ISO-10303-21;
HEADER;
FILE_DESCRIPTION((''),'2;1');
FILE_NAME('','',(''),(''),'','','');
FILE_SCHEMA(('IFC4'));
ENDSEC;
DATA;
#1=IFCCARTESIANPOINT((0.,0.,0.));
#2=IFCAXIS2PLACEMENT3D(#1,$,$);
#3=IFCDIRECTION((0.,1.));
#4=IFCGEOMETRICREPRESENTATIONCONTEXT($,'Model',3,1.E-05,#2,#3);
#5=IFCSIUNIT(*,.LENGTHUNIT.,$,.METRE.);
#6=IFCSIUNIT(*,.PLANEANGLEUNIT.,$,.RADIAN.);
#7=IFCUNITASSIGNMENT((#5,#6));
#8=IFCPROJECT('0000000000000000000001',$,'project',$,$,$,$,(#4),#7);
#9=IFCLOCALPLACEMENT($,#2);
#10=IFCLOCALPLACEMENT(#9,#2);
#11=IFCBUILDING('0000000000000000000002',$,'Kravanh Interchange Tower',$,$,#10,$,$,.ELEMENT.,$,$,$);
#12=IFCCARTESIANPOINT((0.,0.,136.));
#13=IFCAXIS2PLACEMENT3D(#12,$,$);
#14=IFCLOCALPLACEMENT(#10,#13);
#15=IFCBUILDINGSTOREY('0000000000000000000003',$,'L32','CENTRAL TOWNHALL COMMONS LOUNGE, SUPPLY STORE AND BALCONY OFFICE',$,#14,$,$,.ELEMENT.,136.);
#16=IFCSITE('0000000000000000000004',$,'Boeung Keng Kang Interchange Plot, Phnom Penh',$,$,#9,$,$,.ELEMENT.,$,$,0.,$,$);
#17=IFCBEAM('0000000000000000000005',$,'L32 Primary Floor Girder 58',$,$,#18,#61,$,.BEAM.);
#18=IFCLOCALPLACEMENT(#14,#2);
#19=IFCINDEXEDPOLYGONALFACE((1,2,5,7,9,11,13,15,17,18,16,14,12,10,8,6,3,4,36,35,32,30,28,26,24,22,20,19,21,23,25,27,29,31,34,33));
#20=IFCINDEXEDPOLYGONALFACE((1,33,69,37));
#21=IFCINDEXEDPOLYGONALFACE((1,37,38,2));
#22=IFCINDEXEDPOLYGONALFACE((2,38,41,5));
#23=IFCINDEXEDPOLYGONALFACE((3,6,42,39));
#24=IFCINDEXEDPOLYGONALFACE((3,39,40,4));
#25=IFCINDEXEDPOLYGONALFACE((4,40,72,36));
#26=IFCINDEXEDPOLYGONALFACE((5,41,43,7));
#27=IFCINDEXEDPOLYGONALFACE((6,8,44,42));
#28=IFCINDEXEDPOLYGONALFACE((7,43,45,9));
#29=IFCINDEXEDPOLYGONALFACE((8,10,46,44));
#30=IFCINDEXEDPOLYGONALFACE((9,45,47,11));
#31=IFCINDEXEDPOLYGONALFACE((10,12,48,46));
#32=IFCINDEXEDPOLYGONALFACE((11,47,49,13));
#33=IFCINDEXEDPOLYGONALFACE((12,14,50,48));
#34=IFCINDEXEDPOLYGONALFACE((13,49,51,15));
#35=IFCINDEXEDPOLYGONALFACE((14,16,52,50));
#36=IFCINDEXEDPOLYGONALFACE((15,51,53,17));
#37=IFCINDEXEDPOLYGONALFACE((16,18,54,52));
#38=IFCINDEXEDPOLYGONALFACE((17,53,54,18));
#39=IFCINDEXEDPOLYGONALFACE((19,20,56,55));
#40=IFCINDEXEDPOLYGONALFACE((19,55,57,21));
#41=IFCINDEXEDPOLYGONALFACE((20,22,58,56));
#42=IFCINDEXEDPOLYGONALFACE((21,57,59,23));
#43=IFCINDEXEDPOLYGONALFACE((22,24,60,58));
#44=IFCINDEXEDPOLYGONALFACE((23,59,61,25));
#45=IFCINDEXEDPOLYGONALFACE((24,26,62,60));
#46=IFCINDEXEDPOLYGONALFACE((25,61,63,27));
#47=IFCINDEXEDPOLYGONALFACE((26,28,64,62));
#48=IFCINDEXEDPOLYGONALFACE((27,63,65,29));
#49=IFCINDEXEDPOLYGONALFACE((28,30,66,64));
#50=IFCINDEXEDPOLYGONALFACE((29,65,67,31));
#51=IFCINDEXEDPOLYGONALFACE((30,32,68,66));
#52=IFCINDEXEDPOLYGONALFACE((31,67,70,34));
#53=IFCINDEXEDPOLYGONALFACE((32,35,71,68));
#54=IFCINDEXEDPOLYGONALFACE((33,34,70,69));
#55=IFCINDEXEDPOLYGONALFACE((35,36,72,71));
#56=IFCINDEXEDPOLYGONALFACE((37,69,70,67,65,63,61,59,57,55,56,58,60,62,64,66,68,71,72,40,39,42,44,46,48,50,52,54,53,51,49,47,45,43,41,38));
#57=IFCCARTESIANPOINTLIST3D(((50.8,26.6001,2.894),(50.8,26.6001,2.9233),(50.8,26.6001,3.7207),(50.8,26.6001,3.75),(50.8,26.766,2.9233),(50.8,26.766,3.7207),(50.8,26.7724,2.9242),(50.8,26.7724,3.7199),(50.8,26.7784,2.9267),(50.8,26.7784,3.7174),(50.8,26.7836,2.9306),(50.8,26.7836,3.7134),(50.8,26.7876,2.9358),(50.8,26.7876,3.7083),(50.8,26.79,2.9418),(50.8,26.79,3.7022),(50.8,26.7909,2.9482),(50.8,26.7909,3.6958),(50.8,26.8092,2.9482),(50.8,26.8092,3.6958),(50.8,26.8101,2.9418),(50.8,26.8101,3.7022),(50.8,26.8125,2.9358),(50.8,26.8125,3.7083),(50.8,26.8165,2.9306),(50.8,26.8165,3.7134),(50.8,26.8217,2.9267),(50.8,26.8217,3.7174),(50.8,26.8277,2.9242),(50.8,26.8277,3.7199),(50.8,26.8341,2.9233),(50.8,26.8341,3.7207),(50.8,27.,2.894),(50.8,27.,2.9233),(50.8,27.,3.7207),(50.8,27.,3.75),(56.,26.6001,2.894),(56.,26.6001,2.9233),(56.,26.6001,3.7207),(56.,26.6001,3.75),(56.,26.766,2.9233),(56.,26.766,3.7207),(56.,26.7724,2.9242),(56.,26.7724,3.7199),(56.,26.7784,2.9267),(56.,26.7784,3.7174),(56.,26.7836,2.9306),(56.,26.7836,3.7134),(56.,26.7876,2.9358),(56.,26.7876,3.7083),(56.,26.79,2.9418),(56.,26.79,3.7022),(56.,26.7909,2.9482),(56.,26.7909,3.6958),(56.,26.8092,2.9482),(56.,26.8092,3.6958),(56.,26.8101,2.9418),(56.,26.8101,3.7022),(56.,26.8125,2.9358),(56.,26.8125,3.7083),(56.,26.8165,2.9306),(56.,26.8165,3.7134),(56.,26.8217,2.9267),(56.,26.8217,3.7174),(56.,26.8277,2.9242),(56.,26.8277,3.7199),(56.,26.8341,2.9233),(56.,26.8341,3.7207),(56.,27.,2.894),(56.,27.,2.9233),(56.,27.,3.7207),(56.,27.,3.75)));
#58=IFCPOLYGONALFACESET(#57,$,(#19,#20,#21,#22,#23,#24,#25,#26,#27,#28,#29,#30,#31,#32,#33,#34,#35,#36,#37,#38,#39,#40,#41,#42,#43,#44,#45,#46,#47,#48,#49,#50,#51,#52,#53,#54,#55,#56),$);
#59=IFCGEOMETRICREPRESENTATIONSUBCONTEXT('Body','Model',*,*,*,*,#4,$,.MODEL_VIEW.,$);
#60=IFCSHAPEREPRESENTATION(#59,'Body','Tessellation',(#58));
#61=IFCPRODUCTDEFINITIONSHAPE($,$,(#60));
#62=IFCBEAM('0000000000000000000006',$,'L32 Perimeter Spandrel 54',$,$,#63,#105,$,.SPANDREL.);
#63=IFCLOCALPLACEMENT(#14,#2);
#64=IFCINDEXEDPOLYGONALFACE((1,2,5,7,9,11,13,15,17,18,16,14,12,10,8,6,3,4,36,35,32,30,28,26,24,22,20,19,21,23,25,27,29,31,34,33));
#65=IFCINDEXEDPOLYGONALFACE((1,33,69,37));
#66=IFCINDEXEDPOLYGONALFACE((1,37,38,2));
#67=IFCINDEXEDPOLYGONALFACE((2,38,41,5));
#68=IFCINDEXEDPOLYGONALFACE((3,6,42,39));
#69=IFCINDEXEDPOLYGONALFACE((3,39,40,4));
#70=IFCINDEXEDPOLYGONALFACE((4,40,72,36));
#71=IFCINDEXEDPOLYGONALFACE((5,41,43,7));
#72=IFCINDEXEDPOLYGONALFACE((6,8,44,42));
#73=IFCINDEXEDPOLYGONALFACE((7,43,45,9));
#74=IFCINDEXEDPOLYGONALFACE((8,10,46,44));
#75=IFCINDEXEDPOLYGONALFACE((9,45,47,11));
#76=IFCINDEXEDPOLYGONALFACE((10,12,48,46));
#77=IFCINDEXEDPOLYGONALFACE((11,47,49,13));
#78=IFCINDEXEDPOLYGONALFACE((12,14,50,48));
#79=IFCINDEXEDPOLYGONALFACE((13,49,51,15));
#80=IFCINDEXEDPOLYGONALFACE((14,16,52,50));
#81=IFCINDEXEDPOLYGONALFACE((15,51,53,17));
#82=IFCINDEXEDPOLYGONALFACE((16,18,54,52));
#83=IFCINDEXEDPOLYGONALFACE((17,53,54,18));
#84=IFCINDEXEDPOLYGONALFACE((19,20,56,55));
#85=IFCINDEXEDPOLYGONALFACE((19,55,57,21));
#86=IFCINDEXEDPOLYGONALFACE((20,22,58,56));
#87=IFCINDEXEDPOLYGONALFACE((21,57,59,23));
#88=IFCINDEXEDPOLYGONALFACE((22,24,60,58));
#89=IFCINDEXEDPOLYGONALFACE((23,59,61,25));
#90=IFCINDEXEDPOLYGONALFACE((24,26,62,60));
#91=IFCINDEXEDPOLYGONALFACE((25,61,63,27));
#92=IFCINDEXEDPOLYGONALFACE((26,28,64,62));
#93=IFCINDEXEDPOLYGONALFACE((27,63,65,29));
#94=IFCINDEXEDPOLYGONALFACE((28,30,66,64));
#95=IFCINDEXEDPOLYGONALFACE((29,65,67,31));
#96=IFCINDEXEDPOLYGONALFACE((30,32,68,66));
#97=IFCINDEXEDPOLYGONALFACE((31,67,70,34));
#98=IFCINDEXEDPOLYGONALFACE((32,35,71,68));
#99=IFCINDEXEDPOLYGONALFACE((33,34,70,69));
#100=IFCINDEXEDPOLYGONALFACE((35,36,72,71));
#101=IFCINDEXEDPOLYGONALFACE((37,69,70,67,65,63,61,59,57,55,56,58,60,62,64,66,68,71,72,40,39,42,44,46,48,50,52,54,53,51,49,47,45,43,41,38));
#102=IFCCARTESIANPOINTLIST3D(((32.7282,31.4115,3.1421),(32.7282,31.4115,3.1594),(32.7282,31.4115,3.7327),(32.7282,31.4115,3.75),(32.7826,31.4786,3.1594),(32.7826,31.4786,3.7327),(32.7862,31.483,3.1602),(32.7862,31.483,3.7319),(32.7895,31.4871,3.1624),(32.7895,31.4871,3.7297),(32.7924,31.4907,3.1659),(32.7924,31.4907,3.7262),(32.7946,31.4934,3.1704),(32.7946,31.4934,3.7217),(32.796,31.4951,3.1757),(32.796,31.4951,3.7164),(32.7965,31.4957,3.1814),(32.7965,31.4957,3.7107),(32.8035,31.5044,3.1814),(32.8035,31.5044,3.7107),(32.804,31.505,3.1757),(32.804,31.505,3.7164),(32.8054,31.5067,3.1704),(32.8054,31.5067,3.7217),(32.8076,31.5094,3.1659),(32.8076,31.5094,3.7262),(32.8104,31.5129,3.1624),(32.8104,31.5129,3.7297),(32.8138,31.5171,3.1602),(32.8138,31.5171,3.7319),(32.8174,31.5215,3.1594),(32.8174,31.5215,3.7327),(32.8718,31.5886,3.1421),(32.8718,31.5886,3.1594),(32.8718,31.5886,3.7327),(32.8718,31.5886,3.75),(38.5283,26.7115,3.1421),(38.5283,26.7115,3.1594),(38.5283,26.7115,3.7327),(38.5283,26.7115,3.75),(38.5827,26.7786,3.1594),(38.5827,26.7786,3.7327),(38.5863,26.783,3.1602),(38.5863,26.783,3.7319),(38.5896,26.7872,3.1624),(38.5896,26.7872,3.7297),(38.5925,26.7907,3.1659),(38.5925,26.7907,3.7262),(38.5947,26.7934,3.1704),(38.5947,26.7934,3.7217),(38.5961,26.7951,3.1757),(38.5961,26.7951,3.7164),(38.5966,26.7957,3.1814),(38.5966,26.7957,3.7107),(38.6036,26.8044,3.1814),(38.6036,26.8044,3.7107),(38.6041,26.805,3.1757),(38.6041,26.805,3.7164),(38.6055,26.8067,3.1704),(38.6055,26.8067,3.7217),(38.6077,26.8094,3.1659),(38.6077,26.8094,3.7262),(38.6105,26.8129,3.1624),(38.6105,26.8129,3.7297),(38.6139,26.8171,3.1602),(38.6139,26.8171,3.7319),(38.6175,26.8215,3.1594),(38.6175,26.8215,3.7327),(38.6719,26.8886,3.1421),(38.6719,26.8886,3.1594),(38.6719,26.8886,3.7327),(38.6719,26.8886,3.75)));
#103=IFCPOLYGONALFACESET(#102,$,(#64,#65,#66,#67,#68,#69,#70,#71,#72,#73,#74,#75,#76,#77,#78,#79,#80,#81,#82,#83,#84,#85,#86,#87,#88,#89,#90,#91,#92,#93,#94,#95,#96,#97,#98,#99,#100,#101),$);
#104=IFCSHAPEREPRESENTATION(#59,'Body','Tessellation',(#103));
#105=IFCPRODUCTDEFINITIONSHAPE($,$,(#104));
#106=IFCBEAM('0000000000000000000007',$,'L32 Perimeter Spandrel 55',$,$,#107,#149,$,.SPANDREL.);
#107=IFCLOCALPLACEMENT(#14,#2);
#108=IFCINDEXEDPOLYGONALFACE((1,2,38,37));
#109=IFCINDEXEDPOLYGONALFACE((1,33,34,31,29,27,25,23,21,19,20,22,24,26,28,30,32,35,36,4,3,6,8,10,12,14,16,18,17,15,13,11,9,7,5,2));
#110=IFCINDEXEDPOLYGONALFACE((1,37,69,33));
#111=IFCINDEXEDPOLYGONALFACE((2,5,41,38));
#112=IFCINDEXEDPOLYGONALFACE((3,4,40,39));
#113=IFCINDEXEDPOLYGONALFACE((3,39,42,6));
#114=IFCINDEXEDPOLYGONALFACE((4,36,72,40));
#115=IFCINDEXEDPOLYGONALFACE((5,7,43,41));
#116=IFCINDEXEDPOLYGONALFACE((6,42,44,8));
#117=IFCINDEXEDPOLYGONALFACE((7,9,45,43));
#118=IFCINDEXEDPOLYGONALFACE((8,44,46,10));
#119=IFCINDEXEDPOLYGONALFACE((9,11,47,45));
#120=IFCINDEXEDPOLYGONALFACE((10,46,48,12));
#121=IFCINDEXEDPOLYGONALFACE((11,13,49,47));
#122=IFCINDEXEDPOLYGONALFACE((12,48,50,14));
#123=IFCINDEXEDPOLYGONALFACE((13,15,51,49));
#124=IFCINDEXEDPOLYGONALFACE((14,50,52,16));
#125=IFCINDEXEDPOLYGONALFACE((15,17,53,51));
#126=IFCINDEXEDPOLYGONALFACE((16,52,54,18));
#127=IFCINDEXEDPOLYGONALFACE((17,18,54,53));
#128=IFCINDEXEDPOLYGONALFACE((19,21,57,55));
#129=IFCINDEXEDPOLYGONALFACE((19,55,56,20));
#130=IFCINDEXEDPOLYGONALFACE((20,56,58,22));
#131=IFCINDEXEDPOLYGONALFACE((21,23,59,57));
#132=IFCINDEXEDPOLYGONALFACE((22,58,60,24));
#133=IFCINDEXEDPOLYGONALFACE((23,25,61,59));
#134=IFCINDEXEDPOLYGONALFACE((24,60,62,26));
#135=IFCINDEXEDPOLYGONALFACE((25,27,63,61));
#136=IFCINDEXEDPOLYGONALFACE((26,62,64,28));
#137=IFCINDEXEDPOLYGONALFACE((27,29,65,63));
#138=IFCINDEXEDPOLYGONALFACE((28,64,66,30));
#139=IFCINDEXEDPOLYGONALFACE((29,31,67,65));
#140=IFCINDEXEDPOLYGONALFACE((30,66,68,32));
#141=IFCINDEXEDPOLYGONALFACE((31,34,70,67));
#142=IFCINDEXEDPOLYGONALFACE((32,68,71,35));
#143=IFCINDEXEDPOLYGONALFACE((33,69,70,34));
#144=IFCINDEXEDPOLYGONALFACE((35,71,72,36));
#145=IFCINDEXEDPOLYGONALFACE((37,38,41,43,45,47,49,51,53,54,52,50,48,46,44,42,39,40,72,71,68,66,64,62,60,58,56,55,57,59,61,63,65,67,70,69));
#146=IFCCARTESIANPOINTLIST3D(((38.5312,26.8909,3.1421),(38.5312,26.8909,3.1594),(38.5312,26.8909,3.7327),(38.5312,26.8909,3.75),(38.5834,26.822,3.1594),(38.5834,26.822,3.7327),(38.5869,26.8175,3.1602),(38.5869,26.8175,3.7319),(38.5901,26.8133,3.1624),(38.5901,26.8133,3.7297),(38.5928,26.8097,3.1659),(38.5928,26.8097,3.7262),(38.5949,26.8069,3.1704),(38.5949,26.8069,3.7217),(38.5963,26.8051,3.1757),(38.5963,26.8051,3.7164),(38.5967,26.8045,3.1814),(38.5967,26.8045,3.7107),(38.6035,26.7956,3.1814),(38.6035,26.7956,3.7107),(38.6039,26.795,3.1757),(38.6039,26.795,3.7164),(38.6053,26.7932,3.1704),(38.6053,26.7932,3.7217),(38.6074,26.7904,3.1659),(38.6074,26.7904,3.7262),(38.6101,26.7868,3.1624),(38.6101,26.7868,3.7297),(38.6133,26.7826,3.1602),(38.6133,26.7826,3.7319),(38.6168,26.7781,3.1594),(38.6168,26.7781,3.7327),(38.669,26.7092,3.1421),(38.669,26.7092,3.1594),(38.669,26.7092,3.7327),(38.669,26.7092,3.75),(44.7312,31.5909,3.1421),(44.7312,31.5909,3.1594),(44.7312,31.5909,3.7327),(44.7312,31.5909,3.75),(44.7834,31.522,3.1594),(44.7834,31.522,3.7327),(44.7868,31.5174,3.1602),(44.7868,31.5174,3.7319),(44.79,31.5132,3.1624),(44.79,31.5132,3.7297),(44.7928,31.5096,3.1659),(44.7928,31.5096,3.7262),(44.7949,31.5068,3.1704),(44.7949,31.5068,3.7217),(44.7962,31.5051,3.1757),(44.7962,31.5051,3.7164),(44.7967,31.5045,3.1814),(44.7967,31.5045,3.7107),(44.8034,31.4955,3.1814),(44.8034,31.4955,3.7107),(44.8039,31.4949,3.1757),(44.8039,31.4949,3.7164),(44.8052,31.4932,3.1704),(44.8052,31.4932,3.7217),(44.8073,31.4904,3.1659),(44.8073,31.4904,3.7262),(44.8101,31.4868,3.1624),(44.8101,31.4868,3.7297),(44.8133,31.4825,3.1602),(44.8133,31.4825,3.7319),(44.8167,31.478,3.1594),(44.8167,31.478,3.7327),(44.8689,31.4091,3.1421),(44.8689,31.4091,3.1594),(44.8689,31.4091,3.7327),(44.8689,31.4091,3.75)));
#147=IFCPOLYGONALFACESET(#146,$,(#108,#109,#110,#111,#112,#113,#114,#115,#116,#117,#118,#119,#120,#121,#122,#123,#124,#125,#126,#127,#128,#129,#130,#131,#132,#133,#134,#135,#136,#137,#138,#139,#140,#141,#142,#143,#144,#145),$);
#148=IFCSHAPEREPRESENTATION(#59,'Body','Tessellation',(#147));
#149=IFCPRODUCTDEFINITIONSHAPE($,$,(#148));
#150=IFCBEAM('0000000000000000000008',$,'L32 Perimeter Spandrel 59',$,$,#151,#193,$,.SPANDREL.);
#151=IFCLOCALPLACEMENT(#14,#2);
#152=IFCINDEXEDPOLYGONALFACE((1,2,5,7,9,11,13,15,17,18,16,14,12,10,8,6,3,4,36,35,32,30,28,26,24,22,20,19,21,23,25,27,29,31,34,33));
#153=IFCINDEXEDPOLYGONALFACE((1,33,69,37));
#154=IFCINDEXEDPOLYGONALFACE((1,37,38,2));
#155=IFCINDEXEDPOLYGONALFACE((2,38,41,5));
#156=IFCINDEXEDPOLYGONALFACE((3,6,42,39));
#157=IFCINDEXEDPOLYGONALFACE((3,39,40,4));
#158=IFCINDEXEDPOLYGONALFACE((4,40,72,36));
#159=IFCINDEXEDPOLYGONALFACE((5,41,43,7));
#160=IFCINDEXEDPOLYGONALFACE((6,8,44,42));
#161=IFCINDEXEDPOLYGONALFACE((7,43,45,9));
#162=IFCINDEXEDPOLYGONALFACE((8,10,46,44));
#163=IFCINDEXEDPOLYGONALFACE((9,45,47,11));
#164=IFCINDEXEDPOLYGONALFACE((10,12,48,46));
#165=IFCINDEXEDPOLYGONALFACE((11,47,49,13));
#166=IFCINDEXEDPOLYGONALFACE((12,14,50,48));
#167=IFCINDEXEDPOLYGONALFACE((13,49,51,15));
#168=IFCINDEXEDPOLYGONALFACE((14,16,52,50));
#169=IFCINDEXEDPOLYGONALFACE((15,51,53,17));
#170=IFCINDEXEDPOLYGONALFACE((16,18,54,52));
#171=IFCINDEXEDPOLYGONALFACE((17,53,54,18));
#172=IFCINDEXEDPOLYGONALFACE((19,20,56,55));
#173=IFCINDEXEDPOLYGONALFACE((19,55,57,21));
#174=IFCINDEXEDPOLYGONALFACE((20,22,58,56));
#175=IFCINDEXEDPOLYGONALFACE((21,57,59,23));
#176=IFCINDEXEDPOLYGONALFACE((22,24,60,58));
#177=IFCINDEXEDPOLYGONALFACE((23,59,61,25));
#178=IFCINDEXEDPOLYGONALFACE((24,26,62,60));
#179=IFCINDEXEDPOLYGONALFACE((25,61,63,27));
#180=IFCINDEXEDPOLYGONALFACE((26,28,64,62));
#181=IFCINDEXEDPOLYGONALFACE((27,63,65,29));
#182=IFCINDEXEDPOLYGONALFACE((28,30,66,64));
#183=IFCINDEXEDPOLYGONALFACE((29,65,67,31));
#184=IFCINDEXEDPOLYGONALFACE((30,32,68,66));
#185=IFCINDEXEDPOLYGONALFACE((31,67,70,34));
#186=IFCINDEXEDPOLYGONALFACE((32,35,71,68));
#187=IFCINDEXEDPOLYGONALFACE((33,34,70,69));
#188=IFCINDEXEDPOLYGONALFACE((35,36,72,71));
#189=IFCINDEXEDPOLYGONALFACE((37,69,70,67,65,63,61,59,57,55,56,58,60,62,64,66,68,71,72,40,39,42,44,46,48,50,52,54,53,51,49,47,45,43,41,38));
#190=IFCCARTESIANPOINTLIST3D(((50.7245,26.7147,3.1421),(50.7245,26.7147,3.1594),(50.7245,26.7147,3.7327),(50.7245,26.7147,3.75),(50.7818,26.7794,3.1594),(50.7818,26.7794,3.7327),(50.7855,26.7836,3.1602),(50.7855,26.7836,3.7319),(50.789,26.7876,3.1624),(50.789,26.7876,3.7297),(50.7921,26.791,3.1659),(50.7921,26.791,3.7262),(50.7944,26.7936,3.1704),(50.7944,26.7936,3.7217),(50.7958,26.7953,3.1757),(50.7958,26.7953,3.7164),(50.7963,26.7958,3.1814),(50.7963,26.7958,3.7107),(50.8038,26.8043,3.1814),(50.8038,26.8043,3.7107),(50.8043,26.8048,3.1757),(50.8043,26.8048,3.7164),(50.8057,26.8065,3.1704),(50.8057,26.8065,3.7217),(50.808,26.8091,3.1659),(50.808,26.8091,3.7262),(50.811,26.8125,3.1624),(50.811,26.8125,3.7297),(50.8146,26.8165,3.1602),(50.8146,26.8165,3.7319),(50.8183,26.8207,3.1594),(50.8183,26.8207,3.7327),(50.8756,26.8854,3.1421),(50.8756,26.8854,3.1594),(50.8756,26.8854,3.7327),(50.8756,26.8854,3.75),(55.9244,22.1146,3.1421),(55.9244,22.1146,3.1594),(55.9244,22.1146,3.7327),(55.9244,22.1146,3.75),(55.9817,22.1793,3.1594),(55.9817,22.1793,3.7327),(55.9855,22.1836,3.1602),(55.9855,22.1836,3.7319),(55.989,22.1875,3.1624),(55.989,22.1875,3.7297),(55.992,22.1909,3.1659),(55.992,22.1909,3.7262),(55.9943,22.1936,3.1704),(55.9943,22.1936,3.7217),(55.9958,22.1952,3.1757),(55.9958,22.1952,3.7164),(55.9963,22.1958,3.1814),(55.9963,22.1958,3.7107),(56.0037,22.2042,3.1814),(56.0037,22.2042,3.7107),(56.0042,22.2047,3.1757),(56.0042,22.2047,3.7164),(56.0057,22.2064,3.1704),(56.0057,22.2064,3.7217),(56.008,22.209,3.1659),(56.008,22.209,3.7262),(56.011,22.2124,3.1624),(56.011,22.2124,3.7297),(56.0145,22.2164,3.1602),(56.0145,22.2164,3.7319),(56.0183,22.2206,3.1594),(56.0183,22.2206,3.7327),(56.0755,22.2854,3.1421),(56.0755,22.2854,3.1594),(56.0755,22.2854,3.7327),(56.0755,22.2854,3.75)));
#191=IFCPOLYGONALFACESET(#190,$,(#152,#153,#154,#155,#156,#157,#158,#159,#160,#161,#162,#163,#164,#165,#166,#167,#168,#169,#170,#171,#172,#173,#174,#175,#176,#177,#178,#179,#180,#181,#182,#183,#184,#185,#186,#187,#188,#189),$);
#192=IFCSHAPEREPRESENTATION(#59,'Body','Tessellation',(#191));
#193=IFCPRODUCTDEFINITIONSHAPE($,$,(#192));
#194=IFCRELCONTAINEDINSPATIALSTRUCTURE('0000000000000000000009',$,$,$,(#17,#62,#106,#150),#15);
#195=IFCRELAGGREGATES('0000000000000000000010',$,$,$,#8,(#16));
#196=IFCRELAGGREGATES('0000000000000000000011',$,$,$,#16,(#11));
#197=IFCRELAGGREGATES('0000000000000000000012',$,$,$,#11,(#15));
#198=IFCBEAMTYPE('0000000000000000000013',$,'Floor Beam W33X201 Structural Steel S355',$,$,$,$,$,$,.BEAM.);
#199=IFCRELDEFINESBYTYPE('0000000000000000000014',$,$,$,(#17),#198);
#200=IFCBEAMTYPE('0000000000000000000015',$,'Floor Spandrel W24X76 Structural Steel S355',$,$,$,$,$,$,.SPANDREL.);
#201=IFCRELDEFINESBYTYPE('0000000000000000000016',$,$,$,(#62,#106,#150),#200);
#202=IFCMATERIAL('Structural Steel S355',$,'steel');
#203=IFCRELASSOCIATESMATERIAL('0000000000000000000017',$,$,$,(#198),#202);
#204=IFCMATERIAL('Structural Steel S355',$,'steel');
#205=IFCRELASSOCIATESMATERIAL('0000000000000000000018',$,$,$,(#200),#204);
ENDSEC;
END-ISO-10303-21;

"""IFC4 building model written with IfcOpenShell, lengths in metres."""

from ifc_helpers import new_model, si_unit, direction, frame, origin, origin_2d, place, context, subcontext, project, spatial, i_section, extrude, material, material_profile, profile_set, type_object, element, save


model = new_model("IFC4")

# Units and contexts
model_context = context("Model", 3, precision=1e-05, world=origin(), true_north=direction((0.0, 1.0)))
body_context = subcontext(model_context, "Body", "Model", "MODEL_VIEW")
ifc_project = project(units=[si_unit("LENGTHUNIT", "METRE"), si_unit("PLANEANGLEUNIT", "RADIAN")], contexts=[model_context])

# Site, building, storey
site_placement = place(None, origin())
site = spatial("IfcSite", under=ifc_project, at=site_placement, Name="Boeung Keng Kang Interchange Plot, Phnom Penh", CompositionType="ELEMENT", RefElevation=0.0)
building_placement = place(site_placement, origin())
building = spatial("IfcBuilding", under=site, at=building_placement, Name="Kravanh Interchange Tower", CompositionType="ELEMENT")
storey_placement = place(building_placement, frame((0.0, 0.0, 136.0)))
storey = spatial("IfcBuildingStorey", under=building, at=storey_placement, Name="L32", Description="CENTRAL TOWNHALL COMMONS LOUNGE, SUPPLY STORE AND BALCONY OFFICE", CompositionType="ELEMENT", Elevation=136.0)

# Beams
ifc_material_1 = material(Name="Structural Steel S355", Category="steel")
ifc_material_profile_1 = material_profile(ifc_material_1, i_section(OverallWidth=0.3999, OverallDepth=0.856, WebThickness=0.0183, FlangeThickness=0.0293, FilletRadius=0.0249, at=origin_2d()), Name="W33X201")
ifc_profile_set_1 = profile_set([ifc_material_profile_1], Name="Structural Steel S355")
beam_type_1 = type_object("IfcBeamType", Name="Floor Beam W33X201 Structural Steel S355", PredefinedType="BEAM", material=ifc_profile_set_1)
beam_1_placement = place(storey_placement, frame((50.8, 26.8, 3.322), z_axis=(1.0, 0.0, 0.0), x_axis=(0.0, 1.0, 0.0)))
element("IfcBeam", 1, at=beam_1_placement, inside=storey, type_object=beam_type_1, Name="L32 Primary Floor Girder 58", PredefinedType="BEAM", context=body_context, shape_type="SweptSolid", body=[
    extrude(i_section(OverallWidth=0.3999, OverallDepth=0.856, WebThickness=0.0183, FlangeThickness=0.0293, FilletRadius=0.0249, at=origin_2d()), origin(), (0.0, 0.0, 1.0), 5.2),
])
ifc_material_2 = material(Name="Structural Steel S355", Category="steel")
ifc_material_profile_2 = material_profile(ifc_material_2, i_section(OverallWidth=0.228, OverallDepth=0.6079, WebThickness=0.0112, FlangeThickness=0.0173, FilletRadius=0.022, at=origin_2d()), Name="W24X76")
ifc_profile_set_2 = profile_set([ifc_material_profile_2], Name="Structural Steel S355")
beam_type_2 = type_object("IfcBeamType", Name="Floor Spandrel W24X76 Structural Steel S355", PredefinedType="SPANDREL", material=ifc_profile_set_2)
beam_2_placement = place(storey_placement, frame((38.6001, 26.8, 3.446), z_axis=(-0.776939, 0.629576, 0.0), x_axis=(-0.629576, -0.776939, 0.0)))
element("IfcBeam", 2, at=beam_2_placement, inside=storey, type_object=beam_type_2, Name="L32 Perimeter Spandrel 54", PredefinedType="SPANDREL", context=body_context, shape_type="SweptSolid", body=[
    extrude(i_section(OverallWidth=0.228, OverallDepth=0.6079, WebThickness=0.0112, FlangeThickness=0.0173, FilletRadius=0.022, at=origin_2d()), origin(), (0.0, 0.0, 1.0), 7.4653),
])
beam_3_placement = place(storey_placement, frame((38.6001, 26.8, 3.446), z_axis=(0.796905, 0.604104, 0.0), x_axis=(-0.604104, 0.796905, 0.0)))
element("IfcBeam", 3, at=beam_3_placement, inside=storey, type_object=beam_type_2, Name="L32 Perimeter Spandrel 55", PredefinedType="SPANDREL", context=body_context, shape_type="SweptSolid", body=[
    extrude(i_section(OverallWidth=0.228, OverallDepth=0.6079, WebThickness=0.0112, FlangeThickness=0.0173, FilletRadius=0.022, at=origin_2d()), origin(), (0.0, 0.0, 1.0), 7.78),
])
beam_4_placement = place(storey_placement, frame((50.8, 26.8, 3.446), z_axis=(0.748986, -0.662585, 0.0), x_axis=(0.662585, 0.748986, 0.0)))
element("IfcBeam", 4, at=beam_4_placement, inside=storey, type_object=beam_type_2, Name="L32 Perimeter Spandrel 59", PredefinedType="SPANDREL", context=body_context, shape_type="SweptSolid", body=[
    extrude(i_section(OverallWidth=0.228, OverallDepth=0.6079, WebThickness=0.0112, FlangeThickness=0.0173, FilletRadius=0.022, at=origin_2d()), origin(), (0.0, 0.0, 1.0), 6.9426),
])

save(model, "model.ifc")
